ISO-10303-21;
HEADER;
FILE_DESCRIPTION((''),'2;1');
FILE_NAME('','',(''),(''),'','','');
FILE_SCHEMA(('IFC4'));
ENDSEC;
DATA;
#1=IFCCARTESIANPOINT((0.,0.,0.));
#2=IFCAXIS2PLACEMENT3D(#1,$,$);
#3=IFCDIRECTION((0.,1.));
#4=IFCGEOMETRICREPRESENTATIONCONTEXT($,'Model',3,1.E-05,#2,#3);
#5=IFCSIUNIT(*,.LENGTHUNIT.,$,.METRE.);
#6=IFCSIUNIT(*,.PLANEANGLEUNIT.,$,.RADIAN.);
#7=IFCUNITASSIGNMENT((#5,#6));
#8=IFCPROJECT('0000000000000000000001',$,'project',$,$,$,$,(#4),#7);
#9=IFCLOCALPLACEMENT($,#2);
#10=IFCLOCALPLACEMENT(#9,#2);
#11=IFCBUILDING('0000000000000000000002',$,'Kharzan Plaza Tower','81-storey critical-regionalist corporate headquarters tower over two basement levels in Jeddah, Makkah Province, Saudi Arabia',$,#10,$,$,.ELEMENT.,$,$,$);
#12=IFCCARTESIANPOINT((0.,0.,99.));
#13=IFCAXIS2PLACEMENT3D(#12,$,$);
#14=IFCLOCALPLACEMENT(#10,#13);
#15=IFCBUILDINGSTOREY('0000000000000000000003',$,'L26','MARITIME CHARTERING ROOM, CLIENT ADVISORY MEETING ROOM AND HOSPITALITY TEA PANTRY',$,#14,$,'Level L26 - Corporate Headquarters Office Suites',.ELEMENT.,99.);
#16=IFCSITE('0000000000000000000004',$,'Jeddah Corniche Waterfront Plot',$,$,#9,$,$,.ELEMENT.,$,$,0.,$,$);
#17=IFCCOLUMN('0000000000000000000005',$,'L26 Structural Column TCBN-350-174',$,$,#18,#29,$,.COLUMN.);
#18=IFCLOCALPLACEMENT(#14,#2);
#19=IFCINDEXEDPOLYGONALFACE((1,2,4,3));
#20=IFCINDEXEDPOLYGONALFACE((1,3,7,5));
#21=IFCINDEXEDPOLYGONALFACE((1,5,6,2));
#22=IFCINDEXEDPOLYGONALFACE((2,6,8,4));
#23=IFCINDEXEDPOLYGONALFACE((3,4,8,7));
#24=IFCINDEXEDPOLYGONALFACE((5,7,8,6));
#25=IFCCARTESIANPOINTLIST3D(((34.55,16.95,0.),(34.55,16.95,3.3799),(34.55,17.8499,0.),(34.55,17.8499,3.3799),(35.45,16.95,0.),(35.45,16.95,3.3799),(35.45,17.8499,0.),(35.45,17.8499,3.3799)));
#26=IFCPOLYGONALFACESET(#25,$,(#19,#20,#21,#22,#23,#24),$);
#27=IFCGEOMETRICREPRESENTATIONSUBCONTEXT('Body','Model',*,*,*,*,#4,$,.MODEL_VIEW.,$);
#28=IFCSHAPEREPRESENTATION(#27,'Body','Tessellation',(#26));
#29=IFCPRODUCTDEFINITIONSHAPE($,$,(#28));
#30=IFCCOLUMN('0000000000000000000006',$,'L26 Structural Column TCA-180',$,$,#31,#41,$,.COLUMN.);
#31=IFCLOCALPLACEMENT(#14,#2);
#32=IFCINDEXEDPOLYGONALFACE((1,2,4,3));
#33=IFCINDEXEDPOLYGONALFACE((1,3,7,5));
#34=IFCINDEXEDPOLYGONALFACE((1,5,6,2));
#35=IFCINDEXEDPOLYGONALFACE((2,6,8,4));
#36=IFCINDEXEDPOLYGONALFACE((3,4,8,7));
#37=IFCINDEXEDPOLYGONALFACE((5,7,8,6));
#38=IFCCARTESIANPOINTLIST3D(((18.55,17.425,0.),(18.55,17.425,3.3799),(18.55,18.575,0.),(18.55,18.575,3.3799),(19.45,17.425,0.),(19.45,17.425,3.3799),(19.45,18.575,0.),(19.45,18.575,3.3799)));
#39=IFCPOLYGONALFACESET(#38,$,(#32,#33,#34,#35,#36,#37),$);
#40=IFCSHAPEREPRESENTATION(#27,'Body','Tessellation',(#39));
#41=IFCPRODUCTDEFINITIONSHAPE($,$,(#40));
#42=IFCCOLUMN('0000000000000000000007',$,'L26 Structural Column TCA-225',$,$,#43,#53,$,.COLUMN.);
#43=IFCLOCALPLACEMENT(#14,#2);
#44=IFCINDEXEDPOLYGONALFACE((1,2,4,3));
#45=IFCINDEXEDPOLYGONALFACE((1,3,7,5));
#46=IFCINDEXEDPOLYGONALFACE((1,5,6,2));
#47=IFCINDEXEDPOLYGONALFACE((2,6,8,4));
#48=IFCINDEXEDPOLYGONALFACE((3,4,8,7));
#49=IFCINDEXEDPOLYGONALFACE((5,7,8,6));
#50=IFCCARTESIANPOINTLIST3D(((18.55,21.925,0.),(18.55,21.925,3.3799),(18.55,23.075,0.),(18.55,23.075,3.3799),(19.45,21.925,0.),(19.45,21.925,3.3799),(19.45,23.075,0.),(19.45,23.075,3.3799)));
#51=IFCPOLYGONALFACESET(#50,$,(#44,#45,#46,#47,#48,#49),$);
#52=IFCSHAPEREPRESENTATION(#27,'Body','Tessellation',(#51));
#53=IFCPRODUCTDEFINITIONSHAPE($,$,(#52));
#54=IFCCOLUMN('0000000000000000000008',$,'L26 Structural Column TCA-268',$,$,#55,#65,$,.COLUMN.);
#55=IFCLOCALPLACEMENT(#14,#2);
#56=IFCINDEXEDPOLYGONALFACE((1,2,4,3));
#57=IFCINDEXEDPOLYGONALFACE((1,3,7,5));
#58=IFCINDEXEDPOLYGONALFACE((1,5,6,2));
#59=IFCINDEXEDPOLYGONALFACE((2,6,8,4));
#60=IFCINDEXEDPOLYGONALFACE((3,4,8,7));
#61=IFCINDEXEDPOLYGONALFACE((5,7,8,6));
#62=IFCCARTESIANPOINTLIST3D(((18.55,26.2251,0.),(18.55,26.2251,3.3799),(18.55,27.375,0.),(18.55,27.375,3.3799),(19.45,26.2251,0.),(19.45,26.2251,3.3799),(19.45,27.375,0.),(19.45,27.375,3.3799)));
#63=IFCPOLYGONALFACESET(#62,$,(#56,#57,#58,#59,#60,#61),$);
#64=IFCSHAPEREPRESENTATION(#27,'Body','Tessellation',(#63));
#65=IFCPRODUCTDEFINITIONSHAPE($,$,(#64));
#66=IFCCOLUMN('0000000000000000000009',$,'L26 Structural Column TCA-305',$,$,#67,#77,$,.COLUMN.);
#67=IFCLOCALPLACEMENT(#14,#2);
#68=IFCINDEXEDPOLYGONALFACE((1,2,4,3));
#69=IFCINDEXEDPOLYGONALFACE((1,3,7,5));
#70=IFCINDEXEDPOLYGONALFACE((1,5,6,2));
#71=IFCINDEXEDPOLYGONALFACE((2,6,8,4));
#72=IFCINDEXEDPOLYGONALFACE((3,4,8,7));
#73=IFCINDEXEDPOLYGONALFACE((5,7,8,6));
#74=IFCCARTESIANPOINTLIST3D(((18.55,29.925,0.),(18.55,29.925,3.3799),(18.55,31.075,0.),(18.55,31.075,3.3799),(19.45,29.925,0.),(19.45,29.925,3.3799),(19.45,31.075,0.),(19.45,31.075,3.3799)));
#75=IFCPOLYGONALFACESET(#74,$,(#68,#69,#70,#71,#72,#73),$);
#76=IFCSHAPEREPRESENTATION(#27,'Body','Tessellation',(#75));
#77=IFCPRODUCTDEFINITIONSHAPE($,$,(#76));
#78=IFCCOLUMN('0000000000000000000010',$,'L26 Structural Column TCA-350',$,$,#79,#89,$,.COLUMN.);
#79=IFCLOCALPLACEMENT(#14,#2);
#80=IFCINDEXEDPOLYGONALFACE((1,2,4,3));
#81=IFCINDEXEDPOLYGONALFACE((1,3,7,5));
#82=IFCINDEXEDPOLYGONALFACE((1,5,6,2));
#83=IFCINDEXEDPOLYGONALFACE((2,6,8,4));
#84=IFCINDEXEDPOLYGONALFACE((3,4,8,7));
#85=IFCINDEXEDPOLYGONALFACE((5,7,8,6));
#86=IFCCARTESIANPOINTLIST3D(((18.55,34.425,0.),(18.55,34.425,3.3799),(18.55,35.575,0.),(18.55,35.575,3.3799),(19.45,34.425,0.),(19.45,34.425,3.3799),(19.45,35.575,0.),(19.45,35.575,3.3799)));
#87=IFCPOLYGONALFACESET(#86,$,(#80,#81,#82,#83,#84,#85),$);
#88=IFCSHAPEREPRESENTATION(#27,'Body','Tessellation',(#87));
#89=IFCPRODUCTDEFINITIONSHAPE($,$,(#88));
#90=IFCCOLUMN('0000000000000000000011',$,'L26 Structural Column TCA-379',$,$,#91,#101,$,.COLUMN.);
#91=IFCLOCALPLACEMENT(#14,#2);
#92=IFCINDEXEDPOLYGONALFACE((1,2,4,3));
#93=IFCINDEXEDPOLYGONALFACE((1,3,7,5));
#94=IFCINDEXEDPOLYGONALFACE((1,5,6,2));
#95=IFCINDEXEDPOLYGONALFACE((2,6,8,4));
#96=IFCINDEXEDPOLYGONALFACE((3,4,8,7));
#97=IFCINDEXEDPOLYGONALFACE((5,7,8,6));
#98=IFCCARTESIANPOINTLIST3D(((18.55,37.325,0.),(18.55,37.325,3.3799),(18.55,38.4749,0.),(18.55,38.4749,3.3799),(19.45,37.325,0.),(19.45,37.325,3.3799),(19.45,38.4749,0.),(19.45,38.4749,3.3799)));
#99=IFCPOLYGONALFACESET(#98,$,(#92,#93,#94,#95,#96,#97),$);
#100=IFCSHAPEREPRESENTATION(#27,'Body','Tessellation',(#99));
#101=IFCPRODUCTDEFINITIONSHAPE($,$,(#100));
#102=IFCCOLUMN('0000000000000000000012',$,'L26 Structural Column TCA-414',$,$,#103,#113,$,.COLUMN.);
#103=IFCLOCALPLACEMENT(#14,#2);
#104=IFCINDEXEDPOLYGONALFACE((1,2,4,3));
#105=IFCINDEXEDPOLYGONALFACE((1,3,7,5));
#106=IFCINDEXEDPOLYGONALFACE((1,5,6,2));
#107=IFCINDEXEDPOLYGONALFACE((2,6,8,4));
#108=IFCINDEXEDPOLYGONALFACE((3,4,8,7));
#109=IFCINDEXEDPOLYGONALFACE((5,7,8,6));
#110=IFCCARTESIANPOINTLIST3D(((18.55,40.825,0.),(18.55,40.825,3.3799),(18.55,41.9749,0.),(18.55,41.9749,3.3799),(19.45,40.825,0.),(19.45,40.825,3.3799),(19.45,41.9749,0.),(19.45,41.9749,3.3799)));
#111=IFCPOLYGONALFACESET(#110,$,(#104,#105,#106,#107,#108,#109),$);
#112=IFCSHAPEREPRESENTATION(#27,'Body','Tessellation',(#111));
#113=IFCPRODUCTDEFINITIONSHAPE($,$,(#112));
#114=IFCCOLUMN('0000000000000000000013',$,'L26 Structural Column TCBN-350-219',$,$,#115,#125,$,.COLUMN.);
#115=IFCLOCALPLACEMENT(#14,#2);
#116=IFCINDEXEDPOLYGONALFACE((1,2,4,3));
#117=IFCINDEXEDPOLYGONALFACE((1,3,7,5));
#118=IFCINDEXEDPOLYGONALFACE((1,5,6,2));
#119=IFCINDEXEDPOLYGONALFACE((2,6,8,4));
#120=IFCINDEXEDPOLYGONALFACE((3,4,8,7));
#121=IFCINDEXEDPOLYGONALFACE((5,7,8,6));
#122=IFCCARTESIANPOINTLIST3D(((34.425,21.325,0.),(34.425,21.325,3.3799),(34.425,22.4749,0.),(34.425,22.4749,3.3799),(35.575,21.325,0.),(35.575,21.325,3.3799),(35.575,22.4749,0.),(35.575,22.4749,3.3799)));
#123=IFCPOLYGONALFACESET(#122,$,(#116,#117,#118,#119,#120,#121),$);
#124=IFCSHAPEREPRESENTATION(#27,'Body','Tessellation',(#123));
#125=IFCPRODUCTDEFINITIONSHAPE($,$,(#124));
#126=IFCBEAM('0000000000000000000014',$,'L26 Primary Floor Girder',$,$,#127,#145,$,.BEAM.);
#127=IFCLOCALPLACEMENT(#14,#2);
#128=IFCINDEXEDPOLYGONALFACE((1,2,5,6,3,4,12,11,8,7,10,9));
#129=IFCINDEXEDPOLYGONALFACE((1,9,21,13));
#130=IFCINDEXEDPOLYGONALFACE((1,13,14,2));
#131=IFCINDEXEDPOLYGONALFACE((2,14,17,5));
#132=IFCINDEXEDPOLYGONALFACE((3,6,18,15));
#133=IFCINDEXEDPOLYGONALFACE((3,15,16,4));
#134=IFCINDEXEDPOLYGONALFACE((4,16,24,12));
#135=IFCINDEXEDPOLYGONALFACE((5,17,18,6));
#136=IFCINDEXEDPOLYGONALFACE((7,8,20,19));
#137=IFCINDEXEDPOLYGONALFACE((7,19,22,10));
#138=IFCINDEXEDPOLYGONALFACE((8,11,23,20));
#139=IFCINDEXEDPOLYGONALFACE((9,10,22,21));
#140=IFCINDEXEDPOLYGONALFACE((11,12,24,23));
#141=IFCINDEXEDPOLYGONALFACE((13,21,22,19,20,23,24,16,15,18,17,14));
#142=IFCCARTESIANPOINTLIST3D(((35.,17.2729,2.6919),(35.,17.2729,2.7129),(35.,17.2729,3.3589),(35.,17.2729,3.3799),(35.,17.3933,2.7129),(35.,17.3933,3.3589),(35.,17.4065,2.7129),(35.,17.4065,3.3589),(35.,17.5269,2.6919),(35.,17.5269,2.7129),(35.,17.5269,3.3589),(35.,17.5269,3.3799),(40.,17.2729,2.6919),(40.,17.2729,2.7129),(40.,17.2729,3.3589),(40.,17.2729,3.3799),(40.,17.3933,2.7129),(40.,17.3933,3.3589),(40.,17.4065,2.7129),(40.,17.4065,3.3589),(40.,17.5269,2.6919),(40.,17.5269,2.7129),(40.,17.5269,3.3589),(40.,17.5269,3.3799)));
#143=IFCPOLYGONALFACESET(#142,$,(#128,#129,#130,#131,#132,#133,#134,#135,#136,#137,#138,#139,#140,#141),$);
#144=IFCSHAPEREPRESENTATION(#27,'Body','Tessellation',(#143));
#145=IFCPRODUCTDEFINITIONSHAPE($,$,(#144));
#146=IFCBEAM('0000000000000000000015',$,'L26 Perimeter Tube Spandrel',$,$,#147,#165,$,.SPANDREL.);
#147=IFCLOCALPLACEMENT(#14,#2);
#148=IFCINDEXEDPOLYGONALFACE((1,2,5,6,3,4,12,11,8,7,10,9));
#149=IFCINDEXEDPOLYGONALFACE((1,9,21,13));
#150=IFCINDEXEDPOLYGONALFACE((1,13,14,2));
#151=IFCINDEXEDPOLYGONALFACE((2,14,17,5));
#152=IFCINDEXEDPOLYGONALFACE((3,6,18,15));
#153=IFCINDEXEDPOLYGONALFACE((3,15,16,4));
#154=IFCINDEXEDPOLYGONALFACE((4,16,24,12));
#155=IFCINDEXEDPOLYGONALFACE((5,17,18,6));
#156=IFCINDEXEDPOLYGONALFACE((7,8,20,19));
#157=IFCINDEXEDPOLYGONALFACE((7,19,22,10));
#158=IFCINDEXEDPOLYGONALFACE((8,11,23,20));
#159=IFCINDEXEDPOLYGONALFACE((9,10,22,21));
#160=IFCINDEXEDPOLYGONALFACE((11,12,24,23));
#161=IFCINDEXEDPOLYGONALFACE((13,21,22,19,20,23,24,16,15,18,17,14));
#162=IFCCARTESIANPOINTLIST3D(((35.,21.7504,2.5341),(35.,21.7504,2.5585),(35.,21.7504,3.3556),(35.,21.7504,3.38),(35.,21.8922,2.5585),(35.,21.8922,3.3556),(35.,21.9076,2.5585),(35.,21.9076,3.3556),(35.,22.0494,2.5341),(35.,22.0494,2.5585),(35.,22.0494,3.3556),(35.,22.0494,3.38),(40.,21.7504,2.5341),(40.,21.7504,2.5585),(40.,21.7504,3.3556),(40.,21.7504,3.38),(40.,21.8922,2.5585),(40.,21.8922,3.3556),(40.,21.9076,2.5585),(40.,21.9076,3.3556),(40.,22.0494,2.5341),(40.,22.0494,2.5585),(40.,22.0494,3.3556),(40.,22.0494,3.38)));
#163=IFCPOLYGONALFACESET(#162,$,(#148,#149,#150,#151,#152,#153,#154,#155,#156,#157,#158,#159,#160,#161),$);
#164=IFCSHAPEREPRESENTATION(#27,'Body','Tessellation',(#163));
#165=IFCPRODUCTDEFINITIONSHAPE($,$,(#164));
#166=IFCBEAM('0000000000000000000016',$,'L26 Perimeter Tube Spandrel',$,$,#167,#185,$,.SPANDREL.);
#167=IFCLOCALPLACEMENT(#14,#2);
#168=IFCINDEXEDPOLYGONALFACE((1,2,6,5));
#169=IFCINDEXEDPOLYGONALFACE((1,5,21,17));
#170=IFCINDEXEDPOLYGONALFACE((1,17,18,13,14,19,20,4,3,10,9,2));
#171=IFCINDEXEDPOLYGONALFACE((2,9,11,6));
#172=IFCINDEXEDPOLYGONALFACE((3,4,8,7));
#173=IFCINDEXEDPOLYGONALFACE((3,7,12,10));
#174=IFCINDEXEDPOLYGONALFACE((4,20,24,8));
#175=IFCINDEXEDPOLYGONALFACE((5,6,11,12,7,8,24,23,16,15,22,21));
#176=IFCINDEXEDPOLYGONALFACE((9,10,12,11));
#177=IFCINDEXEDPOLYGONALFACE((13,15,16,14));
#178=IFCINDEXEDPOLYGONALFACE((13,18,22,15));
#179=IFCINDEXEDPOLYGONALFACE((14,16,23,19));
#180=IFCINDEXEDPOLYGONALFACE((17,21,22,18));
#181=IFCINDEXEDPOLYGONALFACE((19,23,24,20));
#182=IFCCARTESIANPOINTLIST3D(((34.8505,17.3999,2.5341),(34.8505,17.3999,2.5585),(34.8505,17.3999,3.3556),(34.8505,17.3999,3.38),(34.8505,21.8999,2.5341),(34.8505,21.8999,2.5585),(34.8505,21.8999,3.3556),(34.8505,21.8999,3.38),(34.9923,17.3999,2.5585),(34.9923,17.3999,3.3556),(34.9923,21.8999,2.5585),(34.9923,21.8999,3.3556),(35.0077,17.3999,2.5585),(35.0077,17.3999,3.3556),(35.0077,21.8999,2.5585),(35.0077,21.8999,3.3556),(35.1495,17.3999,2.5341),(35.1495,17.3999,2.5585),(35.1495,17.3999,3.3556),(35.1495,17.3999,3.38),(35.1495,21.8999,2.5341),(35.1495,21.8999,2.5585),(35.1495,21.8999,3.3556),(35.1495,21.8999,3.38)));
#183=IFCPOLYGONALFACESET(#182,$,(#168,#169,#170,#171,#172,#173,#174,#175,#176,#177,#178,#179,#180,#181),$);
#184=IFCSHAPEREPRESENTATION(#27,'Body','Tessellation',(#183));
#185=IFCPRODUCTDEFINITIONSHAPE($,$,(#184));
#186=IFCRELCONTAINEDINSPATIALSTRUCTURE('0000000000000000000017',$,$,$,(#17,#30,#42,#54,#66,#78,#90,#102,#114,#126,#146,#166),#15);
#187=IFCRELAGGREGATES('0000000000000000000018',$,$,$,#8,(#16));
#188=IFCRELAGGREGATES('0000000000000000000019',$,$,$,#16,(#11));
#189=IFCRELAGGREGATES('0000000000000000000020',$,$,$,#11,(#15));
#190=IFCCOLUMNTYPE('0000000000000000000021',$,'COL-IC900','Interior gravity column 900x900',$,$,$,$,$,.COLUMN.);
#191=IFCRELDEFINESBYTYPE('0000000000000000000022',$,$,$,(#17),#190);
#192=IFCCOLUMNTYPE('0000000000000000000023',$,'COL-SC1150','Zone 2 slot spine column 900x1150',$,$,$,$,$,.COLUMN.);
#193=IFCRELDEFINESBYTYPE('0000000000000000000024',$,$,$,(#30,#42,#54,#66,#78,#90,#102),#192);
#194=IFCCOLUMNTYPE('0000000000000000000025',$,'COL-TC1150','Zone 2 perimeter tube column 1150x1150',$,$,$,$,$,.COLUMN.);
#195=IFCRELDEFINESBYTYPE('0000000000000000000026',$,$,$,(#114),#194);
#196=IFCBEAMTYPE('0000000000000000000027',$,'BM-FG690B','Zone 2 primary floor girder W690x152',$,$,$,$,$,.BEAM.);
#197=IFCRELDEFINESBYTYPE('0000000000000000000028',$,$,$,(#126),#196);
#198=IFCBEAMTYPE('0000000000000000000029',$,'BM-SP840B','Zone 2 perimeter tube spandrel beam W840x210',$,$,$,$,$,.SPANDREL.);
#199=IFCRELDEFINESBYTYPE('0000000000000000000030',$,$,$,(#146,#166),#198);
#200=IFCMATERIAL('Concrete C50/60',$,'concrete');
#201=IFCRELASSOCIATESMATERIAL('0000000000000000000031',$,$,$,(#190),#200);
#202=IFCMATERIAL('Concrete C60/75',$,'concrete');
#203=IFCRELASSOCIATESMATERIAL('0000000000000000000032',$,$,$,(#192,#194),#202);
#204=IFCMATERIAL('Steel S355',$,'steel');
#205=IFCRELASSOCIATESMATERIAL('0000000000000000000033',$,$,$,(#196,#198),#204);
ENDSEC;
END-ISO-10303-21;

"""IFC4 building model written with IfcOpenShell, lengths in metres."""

from ifc_helpers import new_model, si_unit, direction, frame, origin, origin_2d, place, context, subcontext, project, spatial, rectangle, i_section, extrude, source, transform, mapped, material, material_profile, profile_set, type_object, element, save


model = new_model("IFC4")

# Units and contexts
model_context = context("Model", 3, precision=1e-05, world=origin(), true_north=direction((0.0, 1.0)))
body_context = subcontext(model_context, "Body", "Model", "MODEL_VIEW")
ifc_project = project(units=[si_unit("LENGTHUNIT", "METRE"), si_unit("PLANEANGLEUNIT", "RADIAN")], contexts=[model_context])

# Site, building, storey
site_placement = place(None, origin())
site = spatial("IfcSite", under=ifc_project, at=site_placement, Name="Jeddah Corniche Waterfront Plot", CompositionType="ELEMENT", RefElevation=0.0)
building_placement = place(site_placement, origin())
building = spatial("IfcBuilding", under=site, at=building_placement, Name="Kharzan Plaza Tower", Description="81-storey critical-regionalist corporate headquarters tower over two basement levels in Jeddah, Makkah Province, Saudi Arabia", CompositionType="ELEMENT")
storey_placement = place(building_placement, frame((0.0, 0.0, 99.0)))
storey = spatial("IfcBuildingStorey", under=building, at=storey_placement, Name="L26", Description="MARITIME CHARTERING ROOM, CLIENT ADVISORY MEETING ROOM AND HOSPITALITY TEA PANTRY", LongName="Level L26 - Corporate Headquarters Office Suites", CompositionType="ELEMENT", Elevation=99.0)

# Columns
ifc_material_1 = material(Name="Concrete C50/60", Category="concrete")
ifc_material_profile_1 = material_profile(ifc_material_1, rectangle(XDim=0.8999, YDim=0.8999, at=origin_2d()), Name="RC-IC900x900")
ifc_profile_set_1 = profile_set([ifc_material_profile_1], Name="Concrete C50/60")
column_type_1 = type_object("IfcColumnType", Name="COL-IC900", Description="Interior gravity column 900x900", PredefinedType="COLUMN", material=ifc_profile_set_1)
shared_shape_1 = source(origin(), body_context, "Body", "SweptSolid", [
    extrude(rectangle(XDim=0.8999, YDim=0.8999, at=origin_2d()), origin(), (0.0, 0.0, 1.0), 3.3799),
])
column_1_placement = place(storey_placement, frame((35.0, 17.3999, 0.0), z_axis=(0.0, 0.0, 1.0), x_axis=(1.0, 0.0, 0.0)))
element("IfcColumn", 1, at=column_1_placement, inside=storey, type_object=column_type_1, Name="L26 Structural Column TCBN-350-174", PredefinedType="COLUMN", context=body_context, shape_type="MappedRepresentation", body=[
    mapped(shared_shape_1, transform((0.0, 0.0, 0.0), x_axis=(1.0, 0.0, 0.0), y_axis=(0.0, 1.0, 0.0), z_axis=(0.0, 0.0, 1.0))),
])
ifc_material_2 = material(Name="Concrete C60/75", Category="concrete")
ifc_material_profile_2 = material_profile(ifc_material_2, rectangle(XDim=0.8999, YDim=1.1499, at=origin_2d()), Name="RC-SC1150x900")
ifc_profile_set_2 = profile_set([ifc_material_profile_2], Name="Concrete C60/75")
column_type_2 = type_object("IfcColumnType", Name="COL-SC1150", Description="Zone 2 slot spine column 900x1150", PredefinedType="COLUMN", material=ifc_profile_set_2)
shared_shape_2 = source(origin(), body_context, "Body", "SweptSolid", [
    extrude(rectangle(XDim=0.8999, YDim=1.1499, at=origin_2d()), origin(), (0.0, 0.0, 1.0), 3.3799),
])
for number, where, z_axis, x_axis, name in (
    (2, (19.0, 18.0, 0.0), (0.0, 0.0, 1.0), (1.0, 0.0, 0.0), "L26 Structural Column TCA-180"),
    (3, (19.0, 22.5, 0.0), (0.0, 0.0, 1.0), (1.0, 0.0, 0.0), "L26 Structural Column TCA-225"),
    (4, (19.0, 26.8, 0.0), (0.0, 0.0, 1.0), (1.0, 0.0, 0.0), "L26 Structural Column TCA-268"),
    (5, (19.0, 30.5, 0.0), (0.0, 0.0, 1.0), (1.0, 0.0, 0.0), "L26 Structural Column TCA-305"),
    (6, (19.0, 35.0, 0.0), (0.0, 0.0, 1.0), (1.0, 0.0, 0.0), "L26 Structural Column TCA-350"),
    (7, (19.0, 37.8999, 0.0), (0.0, 0.0, 1.0), (1.0, 0.0, 0.0), "L26 Structural Column TCA-379"),
    (8, (19.0, 41.3999, 0.0), (0.0, 0.0, 1.0), (1.0, 0.0, 0.0), "L26 Structural Column TCA-414"),
):
    element("IfcColumn", number, at=place(storey_placement, frame(where, z_axis=z_axis, x_axis=x_axis)), inside=storey, type_object=column_type_2, Name=name, PredefinedType="COLUMN", context=body_context, shape_type="MappedRepresentation", body=[
        mapped(shared_shape_2, transform((0.0, 0.0, 0.0), x_axis=(1.0, 0.0, 0.0), y_axis=(0.0, 1.0, 0.0), z_axis=(0.0, 0.0, 1.0))),
    ])
ifc_material_profile_3 = material_profile(ifc_material_2, rectangle(XDim=1.1499, YDim=1.1499, at=origin_2d()), Name="RC-TC1150x1150")
ifc_profile_set_3 = profile_set([ifc_material_profile_3], Name="Concrete C60/75")
column_type_3 = type_object("IfcColumnType", Name="COL-TC1150", Description="Zone 2 perimeter tube column 1150x1150", PredefinedType="COLUMN", material=ifc_profile_set_3)
shared_shape_3 = source(origin(), body_context, "Body", "SweptSolid", [
    extrude(rectangle(XDim=1.1499, YDim=1.1499, at=origin_2d()), origin(), (0.0, 0.0, 1.0), 3.3799),
])
column_2_placement = place(storey_placement, frame((35.0, 21.8999, 0.0), z_axis=(0.0, 0.0, 1.0), x_axis=(1.0, 0.0, 0.0)))
element("IfcColumn", 9, at=column_2_placement, inside=storey, type_object=column_type_3, Name="L26 Structural Column TCBN-350-219", PredefinedType="COLUMN", context=body_context, shape_type="MappedRepresentation", body=[
    mapped(shared_shape_3, transform((0.0, 0.0, 0.0), x_axis=(1.0, 0.0, 0.0), y_axis=(0.0, 1.0, 0.0), z_axis=(0.0, 0.0, 1.0))),
])

# Beams
ifc_material_3 = material(Name="Steel S355", Category="steel")
ifc_material_profile_4 = material_profile(ifc_material_3, i_section(OverallWidth=0.2539, OverallDepth=0.688, WebThickness=0.0132, FlangeThickness=0.021, at=origin_2d()), Name="W690x152")
ifc_profile_set_4 = profile_set([ifc_material_profile_4], Name="Steel S355")
beam_type_1 = type_object("IfcBeamType", Name="BM-FG690B", Description="Zone 2 primary floor girder W690x152", PredefinedType="BEAM", material=ifc_profile_set_4)
shared_shape_4 = source(origin(), body_context, "Body", "SweptSolid", [
    extrude(i_section(OverallWidth=0.2539, OverallDepth=0.688, WebThickness=0.0132, FlangeThickness=0.021, at=origin_2d()), origin(), (0.0, 0.0, 1.0), 5.0),
])
beam_1_placement = place(storey_placement, frame((35.0, 17.3999, 3.0359), z_axis=(1.0, 0.0, 0.0), x_axis=(0.0, 1.0, 0.0)))
element("IfcBeam", 10, at=beam_1_placement, inside=storey, type_object=beam_type_1, Name="L26 Primary Floor Girder", PredefinedType="BEAM", context=body_context, shape_type="MappedRepresentation", body=[
    mapped(shared_shape_4, transform((0.0, 0.0, 0.0), x_axis=(1.0, 0.0, 0.0), y_axis=(0.0, 1.0, 0.0), z_axis=(0.0, 0.0, 1.0))),
])
ifc_material_profile_5 = material_profile(ifc_material_3, i_section(OverallWidth=0.2991, OverallDepth=0.8459, WebThickness=0.0154, FlangeThickness=0.0244, at=origin_2d()), Name="W840x210")
ifc_profile_set_5 = profile_set([ifc_material_profile_5], Name="Steel S355")
beam_type_2 = type_object("IfcBeamType", Name="BM-SP840B", Description="Zone 2 perimeter tube spandrel beam W840x210", PredefinedType="SPANDREL", material=ifc_profile_set_5)
shared_shape_5 = source(origin(), body_context, "Body", "SweptSolid", [
    extrude(i_section(OverallWidth=0.2991, OverallDepth=0.8459, WebThickness=0.0154, FlangeThickness=0.0244, at=origin_2d()), origin(), (0.0, 0.0, 1.0), 5.0),
])
beam_2_placement = place(storey_placement, frame((35.0, 21.8999, 2.957), z_axis=(1.0, 0.0, 0.0), x_axis=(0.0, 1.0, 0.0)))
element("IfcBeam", 11, at=beam_2_placement, inside=storey, type_object=beam_type_2, Name="L26 Perimeter Tube Spandrel", PredefinedType="SPANDREL", context=body_context, shape_type="MappedRepresentation", body=[
    mapped(shared_shape_5, transform((0.0, 0.0, 0.0), x_axis=(1.0, 0.0, 0.0), y_axis=(0.0, 1.0, 0.0), z_axis=(0.0, 0.0, 1.0))),
])
shared_shape_6 = source(origin(), body_context, "Body", "SweptSolid", [
    extrude(i_section(OverallWidth=0.2991, OverallDepth=0.8459, WebThickness=0.0154, FlangeThickness=0.0244, at=origin_2d()), origin(), (0.0, 0.0, 1.0), 4.5),
])
beam_3_placement = place(storey_placement, frame((35.0, 17.3999, 2.957), z_axis=(0.0, 1.0, 0.0), x_axis=(-1.0, 0.0, 0.0)))
element("IfcBeam", 12, at=beam_3_placement, inside=storey, type_object=beam_type_2, Name="L26 Perimeter Tube Spandrel", PredefinedType="SPANDREL", context=body_context, shape_type="MappedRepresentation", body=[
    mapped(shared_shape_6, transform((0.0, 0.0, 0.0), x_axis=(1.0, 0.0, 0.0), y_axis=(0.0, 1.0, 0.0), z_axis=(0.0, 0.0, 1.0))),
])

save(model, "model.ifc")
